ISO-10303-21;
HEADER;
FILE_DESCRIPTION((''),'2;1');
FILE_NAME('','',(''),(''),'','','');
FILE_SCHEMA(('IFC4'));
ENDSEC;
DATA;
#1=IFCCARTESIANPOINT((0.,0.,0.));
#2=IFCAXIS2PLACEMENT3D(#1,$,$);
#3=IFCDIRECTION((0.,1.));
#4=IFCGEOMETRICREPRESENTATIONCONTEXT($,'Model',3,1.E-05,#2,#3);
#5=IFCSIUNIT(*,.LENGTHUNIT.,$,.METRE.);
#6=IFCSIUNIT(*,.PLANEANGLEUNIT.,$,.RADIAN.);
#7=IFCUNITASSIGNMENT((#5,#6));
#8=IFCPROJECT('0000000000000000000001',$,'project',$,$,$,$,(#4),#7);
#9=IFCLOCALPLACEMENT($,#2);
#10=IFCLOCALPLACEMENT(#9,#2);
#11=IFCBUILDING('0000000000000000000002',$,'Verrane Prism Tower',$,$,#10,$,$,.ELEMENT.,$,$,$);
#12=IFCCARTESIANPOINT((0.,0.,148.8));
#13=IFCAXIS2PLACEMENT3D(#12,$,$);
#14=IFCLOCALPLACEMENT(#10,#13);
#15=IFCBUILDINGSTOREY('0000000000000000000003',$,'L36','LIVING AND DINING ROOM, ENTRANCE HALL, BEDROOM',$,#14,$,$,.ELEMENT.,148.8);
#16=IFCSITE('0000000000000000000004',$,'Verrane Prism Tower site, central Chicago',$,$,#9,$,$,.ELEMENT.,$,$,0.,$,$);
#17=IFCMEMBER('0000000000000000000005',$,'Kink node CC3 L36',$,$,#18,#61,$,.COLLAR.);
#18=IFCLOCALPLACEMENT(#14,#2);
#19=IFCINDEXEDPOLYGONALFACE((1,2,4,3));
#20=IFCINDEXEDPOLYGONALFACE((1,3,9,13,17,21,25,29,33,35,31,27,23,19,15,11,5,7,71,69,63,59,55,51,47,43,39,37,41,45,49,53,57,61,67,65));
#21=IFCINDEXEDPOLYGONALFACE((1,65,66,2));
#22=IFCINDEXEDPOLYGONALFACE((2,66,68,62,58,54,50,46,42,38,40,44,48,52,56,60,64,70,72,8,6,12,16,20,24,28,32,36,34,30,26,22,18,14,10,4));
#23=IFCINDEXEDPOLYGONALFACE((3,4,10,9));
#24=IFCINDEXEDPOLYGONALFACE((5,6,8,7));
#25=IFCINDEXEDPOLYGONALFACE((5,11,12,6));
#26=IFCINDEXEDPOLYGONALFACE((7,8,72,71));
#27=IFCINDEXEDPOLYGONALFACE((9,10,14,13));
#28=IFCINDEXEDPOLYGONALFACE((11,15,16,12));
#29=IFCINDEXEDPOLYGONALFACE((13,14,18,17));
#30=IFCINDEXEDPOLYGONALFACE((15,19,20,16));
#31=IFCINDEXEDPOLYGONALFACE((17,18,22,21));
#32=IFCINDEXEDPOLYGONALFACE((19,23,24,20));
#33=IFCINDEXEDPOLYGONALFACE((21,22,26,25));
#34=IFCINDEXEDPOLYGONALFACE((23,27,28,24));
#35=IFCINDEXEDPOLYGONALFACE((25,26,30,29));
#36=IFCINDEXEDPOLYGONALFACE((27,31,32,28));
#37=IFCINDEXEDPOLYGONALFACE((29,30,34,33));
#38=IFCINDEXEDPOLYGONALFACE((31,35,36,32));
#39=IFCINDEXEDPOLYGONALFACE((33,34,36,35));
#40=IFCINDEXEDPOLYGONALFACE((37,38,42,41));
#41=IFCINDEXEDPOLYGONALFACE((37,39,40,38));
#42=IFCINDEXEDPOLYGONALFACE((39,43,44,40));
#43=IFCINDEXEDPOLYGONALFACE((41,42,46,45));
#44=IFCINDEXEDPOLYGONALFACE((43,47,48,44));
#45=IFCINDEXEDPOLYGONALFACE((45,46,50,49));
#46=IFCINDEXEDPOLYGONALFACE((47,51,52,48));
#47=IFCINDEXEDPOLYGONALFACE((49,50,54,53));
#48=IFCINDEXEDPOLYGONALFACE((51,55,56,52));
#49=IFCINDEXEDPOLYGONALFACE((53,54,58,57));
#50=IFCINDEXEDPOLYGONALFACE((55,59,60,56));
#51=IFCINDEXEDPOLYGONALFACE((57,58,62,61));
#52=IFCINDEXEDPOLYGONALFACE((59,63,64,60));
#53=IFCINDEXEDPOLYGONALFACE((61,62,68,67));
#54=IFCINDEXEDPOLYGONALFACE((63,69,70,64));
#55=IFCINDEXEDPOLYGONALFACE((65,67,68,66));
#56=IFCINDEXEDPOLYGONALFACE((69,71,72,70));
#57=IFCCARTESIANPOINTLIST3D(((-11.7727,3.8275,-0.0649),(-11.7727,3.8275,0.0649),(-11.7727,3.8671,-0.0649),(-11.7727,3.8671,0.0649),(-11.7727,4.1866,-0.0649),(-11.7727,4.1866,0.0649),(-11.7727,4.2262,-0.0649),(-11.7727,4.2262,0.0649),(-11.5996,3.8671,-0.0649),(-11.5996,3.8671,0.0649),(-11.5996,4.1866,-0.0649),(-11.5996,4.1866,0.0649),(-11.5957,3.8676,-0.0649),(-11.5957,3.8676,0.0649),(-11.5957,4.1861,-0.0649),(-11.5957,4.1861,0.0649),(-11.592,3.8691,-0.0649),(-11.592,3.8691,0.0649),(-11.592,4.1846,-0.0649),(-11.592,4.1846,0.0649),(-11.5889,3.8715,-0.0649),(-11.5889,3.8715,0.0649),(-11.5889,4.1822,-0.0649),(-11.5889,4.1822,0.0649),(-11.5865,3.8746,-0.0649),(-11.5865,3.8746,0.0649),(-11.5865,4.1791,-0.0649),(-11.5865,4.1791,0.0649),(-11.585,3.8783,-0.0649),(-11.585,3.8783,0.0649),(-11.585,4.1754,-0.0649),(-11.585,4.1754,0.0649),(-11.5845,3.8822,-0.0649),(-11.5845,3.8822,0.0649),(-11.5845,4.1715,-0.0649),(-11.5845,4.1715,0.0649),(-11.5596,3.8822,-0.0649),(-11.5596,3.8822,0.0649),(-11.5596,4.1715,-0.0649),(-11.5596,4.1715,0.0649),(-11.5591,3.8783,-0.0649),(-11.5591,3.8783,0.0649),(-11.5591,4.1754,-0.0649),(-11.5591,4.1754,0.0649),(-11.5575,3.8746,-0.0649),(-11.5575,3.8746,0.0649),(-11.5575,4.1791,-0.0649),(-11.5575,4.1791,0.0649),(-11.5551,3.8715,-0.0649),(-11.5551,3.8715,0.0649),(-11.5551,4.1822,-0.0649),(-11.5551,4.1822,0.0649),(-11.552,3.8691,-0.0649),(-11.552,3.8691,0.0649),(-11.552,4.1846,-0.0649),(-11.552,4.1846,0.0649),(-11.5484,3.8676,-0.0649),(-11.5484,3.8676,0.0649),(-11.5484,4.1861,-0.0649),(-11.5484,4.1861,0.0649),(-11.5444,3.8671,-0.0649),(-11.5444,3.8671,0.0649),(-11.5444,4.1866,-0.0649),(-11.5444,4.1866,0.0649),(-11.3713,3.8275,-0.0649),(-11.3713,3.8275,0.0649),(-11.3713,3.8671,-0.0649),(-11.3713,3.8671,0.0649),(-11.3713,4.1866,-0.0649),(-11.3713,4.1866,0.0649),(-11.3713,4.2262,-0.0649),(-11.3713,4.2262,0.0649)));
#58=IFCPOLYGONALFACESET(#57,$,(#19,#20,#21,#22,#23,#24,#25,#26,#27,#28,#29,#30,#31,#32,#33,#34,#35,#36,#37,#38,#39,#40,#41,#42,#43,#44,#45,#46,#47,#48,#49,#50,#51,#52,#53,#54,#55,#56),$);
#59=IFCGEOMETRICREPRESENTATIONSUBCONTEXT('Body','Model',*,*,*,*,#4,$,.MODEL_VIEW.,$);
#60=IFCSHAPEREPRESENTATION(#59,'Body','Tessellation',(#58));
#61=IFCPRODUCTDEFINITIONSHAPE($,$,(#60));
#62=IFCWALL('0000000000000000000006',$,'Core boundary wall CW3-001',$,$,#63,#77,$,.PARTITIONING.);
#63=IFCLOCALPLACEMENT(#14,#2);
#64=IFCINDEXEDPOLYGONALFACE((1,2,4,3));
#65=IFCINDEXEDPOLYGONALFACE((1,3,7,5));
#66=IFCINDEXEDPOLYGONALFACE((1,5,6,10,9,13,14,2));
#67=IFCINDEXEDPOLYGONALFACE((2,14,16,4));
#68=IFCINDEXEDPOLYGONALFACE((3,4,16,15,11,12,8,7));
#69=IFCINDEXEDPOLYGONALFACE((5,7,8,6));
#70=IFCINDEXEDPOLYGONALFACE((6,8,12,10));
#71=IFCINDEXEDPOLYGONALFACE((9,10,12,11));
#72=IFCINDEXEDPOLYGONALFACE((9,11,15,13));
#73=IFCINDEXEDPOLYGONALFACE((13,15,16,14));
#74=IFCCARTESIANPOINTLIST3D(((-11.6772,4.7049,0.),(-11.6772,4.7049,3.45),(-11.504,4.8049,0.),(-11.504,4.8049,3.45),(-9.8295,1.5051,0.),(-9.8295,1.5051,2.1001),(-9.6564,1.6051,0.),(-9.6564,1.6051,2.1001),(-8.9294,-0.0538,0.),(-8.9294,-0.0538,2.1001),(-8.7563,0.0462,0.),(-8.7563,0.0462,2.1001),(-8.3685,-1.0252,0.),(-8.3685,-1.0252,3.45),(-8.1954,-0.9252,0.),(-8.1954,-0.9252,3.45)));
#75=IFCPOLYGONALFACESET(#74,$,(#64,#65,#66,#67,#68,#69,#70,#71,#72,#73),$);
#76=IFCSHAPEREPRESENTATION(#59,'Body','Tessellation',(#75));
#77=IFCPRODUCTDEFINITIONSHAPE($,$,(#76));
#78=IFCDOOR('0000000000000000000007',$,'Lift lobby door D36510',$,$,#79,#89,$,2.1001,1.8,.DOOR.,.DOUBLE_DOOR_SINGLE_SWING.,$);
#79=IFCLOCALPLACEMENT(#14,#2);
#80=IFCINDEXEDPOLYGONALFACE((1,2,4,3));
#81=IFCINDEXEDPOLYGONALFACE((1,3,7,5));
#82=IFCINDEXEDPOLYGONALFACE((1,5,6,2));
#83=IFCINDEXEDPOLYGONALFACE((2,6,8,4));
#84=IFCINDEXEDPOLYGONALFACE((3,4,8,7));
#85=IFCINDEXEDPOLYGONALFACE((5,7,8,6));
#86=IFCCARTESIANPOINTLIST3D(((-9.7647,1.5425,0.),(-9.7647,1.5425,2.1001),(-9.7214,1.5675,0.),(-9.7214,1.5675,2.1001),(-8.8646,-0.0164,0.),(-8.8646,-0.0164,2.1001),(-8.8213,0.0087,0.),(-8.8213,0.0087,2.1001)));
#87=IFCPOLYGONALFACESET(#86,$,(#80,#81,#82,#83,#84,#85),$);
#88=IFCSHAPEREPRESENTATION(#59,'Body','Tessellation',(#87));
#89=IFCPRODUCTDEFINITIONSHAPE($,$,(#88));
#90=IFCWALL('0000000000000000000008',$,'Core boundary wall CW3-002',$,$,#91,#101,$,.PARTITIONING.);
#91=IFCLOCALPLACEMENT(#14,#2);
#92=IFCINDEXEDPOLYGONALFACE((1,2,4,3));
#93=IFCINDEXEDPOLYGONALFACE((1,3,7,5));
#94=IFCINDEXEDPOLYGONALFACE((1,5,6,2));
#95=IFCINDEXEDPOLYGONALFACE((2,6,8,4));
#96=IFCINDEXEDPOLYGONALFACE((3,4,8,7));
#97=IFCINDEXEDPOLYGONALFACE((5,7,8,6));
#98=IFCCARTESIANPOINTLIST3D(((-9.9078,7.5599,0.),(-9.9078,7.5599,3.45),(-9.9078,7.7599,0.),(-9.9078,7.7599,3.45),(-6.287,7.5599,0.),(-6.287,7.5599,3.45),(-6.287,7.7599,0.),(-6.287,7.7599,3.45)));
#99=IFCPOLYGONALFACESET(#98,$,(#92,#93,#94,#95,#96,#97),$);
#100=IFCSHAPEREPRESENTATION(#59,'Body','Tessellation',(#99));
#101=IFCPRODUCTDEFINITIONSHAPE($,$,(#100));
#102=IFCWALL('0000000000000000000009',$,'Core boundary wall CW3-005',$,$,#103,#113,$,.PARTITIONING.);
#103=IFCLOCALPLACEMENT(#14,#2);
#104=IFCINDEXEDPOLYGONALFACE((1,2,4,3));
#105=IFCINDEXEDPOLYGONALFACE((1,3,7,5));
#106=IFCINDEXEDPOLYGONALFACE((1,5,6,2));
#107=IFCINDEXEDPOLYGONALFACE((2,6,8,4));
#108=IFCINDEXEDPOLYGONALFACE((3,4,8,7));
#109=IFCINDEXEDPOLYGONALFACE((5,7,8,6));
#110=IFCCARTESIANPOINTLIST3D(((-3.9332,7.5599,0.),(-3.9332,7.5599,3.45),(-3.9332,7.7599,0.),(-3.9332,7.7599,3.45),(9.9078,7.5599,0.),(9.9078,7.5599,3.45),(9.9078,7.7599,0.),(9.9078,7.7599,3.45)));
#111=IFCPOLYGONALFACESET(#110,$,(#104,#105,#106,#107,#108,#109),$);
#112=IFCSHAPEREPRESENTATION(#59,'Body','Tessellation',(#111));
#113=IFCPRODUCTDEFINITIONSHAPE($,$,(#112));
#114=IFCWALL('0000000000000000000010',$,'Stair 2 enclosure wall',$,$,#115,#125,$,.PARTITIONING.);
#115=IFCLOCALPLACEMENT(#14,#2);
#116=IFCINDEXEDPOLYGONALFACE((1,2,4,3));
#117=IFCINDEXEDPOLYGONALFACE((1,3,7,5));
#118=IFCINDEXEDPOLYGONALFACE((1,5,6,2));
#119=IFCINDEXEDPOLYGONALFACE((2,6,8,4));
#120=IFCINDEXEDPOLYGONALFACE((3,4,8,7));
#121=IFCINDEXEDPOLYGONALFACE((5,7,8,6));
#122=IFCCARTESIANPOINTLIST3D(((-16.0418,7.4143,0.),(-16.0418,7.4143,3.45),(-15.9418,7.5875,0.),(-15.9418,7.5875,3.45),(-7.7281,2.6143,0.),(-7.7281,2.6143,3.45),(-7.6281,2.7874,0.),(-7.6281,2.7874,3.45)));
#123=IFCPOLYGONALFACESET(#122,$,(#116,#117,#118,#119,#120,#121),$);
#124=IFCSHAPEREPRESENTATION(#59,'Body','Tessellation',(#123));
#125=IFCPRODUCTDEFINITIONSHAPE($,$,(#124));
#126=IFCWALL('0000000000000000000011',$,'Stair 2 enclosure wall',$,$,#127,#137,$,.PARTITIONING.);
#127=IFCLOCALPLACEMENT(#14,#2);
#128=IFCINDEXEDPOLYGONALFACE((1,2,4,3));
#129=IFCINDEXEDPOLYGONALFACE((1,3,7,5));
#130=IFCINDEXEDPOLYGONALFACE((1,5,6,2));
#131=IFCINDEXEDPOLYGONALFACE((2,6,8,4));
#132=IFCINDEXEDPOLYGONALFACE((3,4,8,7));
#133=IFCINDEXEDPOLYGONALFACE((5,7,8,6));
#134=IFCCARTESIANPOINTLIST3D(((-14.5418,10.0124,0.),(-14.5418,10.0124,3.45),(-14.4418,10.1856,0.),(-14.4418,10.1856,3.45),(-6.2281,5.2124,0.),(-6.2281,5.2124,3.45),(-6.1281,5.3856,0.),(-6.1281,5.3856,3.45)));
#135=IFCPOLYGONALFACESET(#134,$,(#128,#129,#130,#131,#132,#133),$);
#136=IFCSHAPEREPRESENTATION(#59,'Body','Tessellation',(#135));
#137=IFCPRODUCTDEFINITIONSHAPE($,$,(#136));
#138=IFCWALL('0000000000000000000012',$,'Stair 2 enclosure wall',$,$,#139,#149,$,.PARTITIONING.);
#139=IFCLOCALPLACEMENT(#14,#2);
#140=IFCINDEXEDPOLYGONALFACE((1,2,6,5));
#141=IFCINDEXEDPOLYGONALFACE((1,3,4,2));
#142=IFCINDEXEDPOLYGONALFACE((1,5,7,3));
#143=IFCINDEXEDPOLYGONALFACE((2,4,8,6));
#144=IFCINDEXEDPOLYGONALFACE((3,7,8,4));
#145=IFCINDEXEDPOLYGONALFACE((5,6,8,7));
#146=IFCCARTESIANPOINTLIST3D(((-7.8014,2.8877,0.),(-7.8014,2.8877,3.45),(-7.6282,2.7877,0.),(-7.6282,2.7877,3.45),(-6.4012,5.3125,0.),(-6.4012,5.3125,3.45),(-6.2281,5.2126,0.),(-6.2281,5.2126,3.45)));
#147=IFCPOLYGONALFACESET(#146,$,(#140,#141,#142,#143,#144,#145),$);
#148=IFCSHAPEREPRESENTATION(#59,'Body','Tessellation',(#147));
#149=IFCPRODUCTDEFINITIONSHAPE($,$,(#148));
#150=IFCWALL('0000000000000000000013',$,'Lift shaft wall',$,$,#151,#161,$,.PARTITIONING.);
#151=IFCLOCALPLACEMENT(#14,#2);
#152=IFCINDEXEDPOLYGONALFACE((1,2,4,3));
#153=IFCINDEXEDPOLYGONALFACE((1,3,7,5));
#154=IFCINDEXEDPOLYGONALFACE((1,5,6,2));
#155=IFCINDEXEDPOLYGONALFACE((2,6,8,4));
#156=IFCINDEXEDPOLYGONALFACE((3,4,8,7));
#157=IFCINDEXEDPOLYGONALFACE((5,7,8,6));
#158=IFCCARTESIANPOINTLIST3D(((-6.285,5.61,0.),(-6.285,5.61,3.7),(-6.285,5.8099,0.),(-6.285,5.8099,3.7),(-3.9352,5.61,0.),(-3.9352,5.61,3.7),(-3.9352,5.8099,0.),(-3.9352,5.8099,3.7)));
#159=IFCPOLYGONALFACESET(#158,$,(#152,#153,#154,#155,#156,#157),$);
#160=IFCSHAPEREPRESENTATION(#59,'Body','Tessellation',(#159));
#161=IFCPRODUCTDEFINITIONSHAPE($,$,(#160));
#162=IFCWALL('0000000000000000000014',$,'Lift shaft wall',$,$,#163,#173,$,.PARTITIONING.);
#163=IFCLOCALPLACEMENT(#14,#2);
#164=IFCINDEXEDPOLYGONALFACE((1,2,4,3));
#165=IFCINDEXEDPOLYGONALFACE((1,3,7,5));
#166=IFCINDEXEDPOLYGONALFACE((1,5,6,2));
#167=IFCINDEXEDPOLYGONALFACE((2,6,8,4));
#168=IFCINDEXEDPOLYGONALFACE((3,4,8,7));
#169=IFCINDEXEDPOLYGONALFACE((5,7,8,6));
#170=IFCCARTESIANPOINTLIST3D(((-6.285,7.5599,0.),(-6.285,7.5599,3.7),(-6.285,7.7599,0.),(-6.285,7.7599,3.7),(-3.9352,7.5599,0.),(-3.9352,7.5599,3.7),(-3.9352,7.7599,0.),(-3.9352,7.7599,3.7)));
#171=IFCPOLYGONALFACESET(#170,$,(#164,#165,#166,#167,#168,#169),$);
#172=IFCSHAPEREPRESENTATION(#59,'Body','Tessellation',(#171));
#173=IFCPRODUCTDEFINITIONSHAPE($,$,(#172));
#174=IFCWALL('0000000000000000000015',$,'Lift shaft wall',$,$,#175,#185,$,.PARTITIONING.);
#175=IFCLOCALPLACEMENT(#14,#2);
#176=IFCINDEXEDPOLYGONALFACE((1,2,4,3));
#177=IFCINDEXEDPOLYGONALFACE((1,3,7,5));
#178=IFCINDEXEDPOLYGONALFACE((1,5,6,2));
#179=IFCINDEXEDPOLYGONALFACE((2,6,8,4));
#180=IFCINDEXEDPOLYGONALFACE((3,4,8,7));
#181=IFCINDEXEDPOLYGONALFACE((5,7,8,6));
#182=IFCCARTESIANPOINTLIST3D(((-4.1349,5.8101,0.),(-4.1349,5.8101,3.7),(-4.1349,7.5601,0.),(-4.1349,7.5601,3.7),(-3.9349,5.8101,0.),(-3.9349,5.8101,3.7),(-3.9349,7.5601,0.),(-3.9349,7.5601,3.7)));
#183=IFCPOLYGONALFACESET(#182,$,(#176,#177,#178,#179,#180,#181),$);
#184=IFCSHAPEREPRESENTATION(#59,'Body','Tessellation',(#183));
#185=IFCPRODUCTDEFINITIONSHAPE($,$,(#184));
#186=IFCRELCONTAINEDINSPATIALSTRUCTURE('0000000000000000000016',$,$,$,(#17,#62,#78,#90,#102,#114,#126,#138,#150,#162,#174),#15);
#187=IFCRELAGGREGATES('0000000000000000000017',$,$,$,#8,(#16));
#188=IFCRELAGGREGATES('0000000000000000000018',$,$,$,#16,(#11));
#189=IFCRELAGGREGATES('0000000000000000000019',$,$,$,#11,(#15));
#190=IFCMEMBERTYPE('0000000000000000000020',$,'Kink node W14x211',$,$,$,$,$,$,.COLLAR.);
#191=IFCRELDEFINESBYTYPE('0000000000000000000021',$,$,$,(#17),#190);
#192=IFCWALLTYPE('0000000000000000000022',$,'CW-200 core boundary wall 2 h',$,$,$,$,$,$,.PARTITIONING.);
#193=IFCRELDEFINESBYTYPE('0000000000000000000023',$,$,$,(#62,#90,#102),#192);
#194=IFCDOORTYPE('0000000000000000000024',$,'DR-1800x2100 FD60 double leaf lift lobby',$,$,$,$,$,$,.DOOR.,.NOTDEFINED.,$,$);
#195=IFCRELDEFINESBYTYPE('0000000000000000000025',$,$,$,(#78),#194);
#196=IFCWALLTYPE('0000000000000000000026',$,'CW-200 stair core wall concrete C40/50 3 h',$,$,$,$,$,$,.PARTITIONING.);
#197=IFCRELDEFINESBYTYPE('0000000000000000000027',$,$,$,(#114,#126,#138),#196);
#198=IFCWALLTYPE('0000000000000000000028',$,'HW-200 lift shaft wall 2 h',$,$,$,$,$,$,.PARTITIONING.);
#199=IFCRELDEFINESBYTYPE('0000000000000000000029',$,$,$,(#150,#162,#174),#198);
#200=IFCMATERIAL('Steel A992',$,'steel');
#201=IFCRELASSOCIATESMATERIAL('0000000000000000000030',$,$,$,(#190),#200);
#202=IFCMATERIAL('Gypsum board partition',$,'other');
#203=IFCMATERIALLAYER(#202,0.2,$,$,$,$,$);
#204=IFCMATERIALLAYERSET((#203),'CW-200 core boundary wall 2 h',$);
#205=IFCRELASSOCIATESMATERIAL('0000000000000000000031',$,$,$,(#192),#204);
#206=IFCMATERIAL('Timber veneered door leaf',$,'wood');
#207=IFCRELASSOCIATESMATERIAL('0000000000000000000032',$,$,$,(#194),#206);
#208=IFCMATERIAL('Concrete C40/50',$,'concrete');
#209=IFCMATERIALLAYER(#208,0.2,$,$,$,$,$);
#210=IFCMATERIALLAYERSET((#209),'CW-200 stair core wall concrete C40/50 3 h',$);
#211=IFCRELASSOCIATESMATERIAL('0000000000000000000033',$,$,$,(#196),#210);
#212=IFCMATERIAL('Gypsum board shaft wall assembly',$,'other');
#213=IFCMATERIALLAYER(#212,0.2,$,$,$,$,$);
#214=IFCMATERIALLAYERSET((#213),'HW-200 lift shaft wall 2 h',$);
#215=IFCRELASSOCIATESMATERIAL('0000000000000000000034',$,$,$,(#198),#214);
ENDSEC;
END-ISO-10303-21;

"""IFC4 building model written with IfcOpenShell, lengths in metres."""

from ifc_helpers import new_model, si_unit, direction, frame, frame_2d, origin, origin_2d, place, context, subcontext, project, spatial, rectangle, i_section, extrude, material, layer, layer_set, material_profile, profile_set, type_object, element, fill, save


model = new_model("IFC4")

# Units and contexts
model_context = context("Model", 3, precision=1e-05, world=origin(), true_north=direction((0.0, 1.0)))
body_context = subcontext(model_context, "Body", "Model", "MODEL_VIEW")
ifc_project = project(units=[si_unit("LENGTHUNIT", "METRE"), si_unit("PLANEANGLEUNIT", "RADIAN")], contexts=[model_context])

# Site, building, storey
site_placement = place(None, origin())
site = spatial("IfcSite", under=ifc_project, at=site_placement, Name="Verrane Prism Tower site, central Chicago", CompositionType="ELEMENT", RefElevation=0.0)
building_placement = place(site_placement, origin())
building = spatial("IfcBuilding", under=site, at=building_placement, Name="Verrane Prism Tower", CompositionType="ELEMENT")
storey_placement = place(building_placement, frame((0.0, 0.0, 148.8)))
storey = spatial("IfcBuildingStorey", under=building, at=storey_placement, Name="L36", Description="LIVING AND DINING ROOM, ENTRANCE HALL, BEDROOM", CompositionType="ELEMENT", Elevation=148.8)

# Member
ifc_material_1 = material(Name="Steel A992", Category="steel")
ifc_material_profile_1 = material_profile(ifc_material_1, i_section(OverallWidth=0.4014, OverallDepth=0.3987, WebThickness=0.0249, FlangeThickness=0.0396, FilletRadius=0.0151, at=origin_2d()), Name="W14x211")
ifc_profile_set_1 = profile_set([ifc_material_profile_1], Name="Steel A992")
member_type = type_object("IfcMemberType", Name="Kink node W14x211", PredefinedType="COLLAR", material=ifc_profile_set_1)
for number, where, z_axis, x_axis, name in (
    (1, (-11.572, 4.0269, -0.0649), (0.0, 0.0, 1.0), (1.0, 0.0, 0.0), "Kink node CC3 L36"),
):
    element("IfcMember", number, at=place(storey_placement, frame(where, z_axis=z_axis, x_axis=x_axis)), inside=storey, type_object=member_type, Name=name, PredefinedType="COLLAR", context=body_context, shape_type="SweptSolid", body=[
        extrude(i_section(OverallWidth=0.4014, OverallDepth=0.3987, WebThickness=0.0249, FlangeThickness=0.0396, FilletRadius=0.0151, at=origin_2d()), origin(), (0.0, 0.0, 1.0), 0.1299),
    ])

# Wall, opening, door
ifc_material_2 = material(Name="Gypsum board partition", Category="other")
ifc_layer_1 = layer(ifc_material_2, 0.2)
ifc_layer_set_1 = layer_set([ifc_layer_1], Name="CW-200 core boundary wall 2 h")
wall_type_1 = type_object("IfcWallType", Name="CW-200 core boundary wall 2 h", PredefinedType="PARTITIONING", material=ifc_layer_set_1)
wall_1_placement = place(storey_placement, frame((-11.5906, 4.7549, 0.0), z_axis=(0.0, 0.0, 1.0), x_axis=(0.500044, -0.866, 0.0)))
wall_1 = element("IfcWall", 2, at=wall_1_placement, inside=storey, type_object=wall_type_1, Name="Core boundary wall CW3-001", PredefinedType="PARTITIONING", context=body_context, shape_type="SweptSolid", body=[
    extrude(rectangle(XDim=6.6167, YDim=0.2, at=frame_2d((3.3083, 0.0))), origin(), (0.0, 0.0, 1.0), 3.45),
])
opening_1_placement = place(wall_1_placement, frame((3.6951, 0.0, 0.0)))
opening_1 = element("IfcOpeningElement", 3, at=opening_1_placement, cuts=wall_1, PredefinedType="OPENING", context=body_context, shape_type="SweptSolid", body=[
    extrude(rectangle(XDim=1.8, YDim=2.1001, at=frame_2d((0.8999, 1.05))), frame((0.0, 0.1099, 0.0), z_axis=(0.0, -1.0, 0.0), x_axis=(1.0, 0.0, 0.0)), (0.0, 0.0, 1.0), 0.22),
])
ifc_material_3 = material(Name="Timber veneered door leaf", Category="wood")
door_type_1 = type_object("IfcDoorType", Name="DR-1800x2100 FD60 double leaf lift lobby", OperationType="NOTDEFINED", PredefinedType="DOOR", material=ifc_material_3)
door_1_placement = place(opening_1_placement, origin())
door_1 = element("IfcDoor", 4, at=door_1_placement, inside=storey, type_object=door_type_1, Name="Lift lobby door D36510", OperationType="DOUBLE_DOOR_SINGLE_SWING", OverallHeight=2.1001, OverallWidth=1.8, PredefinedType="DOOR", context=body_context, shape_type="SweptSolid", body=[
    extrude(rectangle(XDim=1.8, YDim=2.1001, at=frame_2d((0.8999, 1.05))), frame((0.0, 0.0249, 0.0), z_axis=(0.0, -1.0, 0.0), x_axis=(1.0, 0.0, 0.0)), (0.0, 0.0, 1.0), 0.05),
])
fill(opening_1, door_1)

# Walls
wall_2_placement = place(storey_placement, frame((-9.908, 7.6599, 0.0), z_axis=(0.0, 0.0, 1.0), x_axis=(1.0, 0.0, 0.0)))
element("IfcWall", 5, at=wall_2_placement, inside=storey, type_object=wall_type_1, Name="Core boundary wall CW3-002", PredefinedType="PARTITIONING", context=body_context, shape_type="SweptSolid", body=[
    extrude(rectangle(XDim=3.6208, YDim=0.2, at=frame_2d((1.8105, 0.0))), origin(), (0.0, 0.0, 1.0), 3.45),
])
wall_3_placement = place(storey_placement, frame((-3.9331, 7.6599, 0.0), z_axis=(0.0, 0.0, 1.0), x_axis=(1.0, 0.0, 0.0)))
element("IfcWall", 6, at=wall_3_placement, inside=storey, type_object=wall_type_1, Name="Core boundary wall CW3-005", PredefinedType="PARTITIONING", context=body_context, shape_type="SweptSolid", body=[
    extrude(rectangle(XDim=13.8411, YDim=0.2, at=frame_2d((6.9204, 0.0))), origin(), (0.0, 0.0, 1.0), 3.45),
])
ifc_material_4 = material(Name="Concrete C40/50", Category="concrete")
ifc_layer_2 = layer(ifc_material_4, 0.2)
ifc_layer_set_2 = layer_set([ifc_layer_2], Name="CW-200 stair core wall concrete C40/50 3 h")
wall_type_2 = type_object("IfcWallType", Name="CW-200 stair core wall concrete C40/50 3 h", PredefinedType="PARTITIONING", material=ifc_layer_set_2)
for number, where, z_axis, x_axis, name in (
    (7, (-7.6782, 2.7009, 0.0), (0.0, 0.0, 1.0), (-0.86602, 0.500009, 0.0), "Stair 2 enclosure wall"),
    (8, (-6.1782, 5.2991, 0.0), (0.0, 0.0, 1.0), (-0.86602, 0.500009, 0.0), "Stair 2 enclosure wall"),
):
    element("IfcWall", number, at=place(storey_placement, frame(where, z_axis=z_axis, x_axis=x_axis)), inside=storey, type_object=wall_type_2, Name=name, PredefinedType="PARTITIONING", context=body_context, shape_type="SweptSolid", body=[
        extrude(rectangle(XDim=9.5999, YDim=0.2, at=frame_2d((4.7998, 0.0))), origin(), (0.0, 0.0, 1.0), 3.45),
    ])
wall_4_placement = place(storey_placement, frame((-6.3147, 5.2625, 0.0), z_axis=(0.0, 0.0, 1.0), x_axis=(-0.50005, -0.865997, 0.0)))
element("IfcWall", 9, at=wall_4_placement, inside=storey, type_object=wall_type_2, Name="Stair 2 enclosure wall", PredefinedType="PARTITIONING", context=body_context, shape_type="SweptSolid", body=[
    extrude(rectangle(XDim=2.8, YDim=0.2, at=frame_2d((1.3999, 0.0))), origin(), (0.0, 0.0, 1.0), 3.45),
])
ifc_material_5 = material(Name="Gypsum board shaft wall assembly", Category="other")
ifc_layer_3 = layer(ifc_material_5, 0.2)
ifc_layer_set_3 = layer_set([ifc_layer_3], Name="HW-200 lift shaft wall 2 h")
wall_type_3 = type_object("IfcWallType", Name="HW-200 lift shaft wall 2 h", PredefinedType="PARTITIONING", material=ifc_layer_set_3)
for number, where, z_axis, x_axis, name in (
    (10, (-6.2849, 5.71, 0.0), (0.0, 0.0, 1.0), (1.0, 0.0, 0.0), "Lift shaft wall"),
    (11, (-6.2849, 7.6599, 0.0), (0.0, 0.0, 1.0), (1.0, 0.0, 0.0), "Lift shaft wall"),
):
    element("IfcWall", number, at=place(storey_placement, frame(where, z_axis=z_axis, x_axis=x_axis)), inside=storey, type_object=wall_type_3, Name=name, PredefinedType="PARTITIONING", context=body_context, shape_type="SweptSolid", body=[
        extrude(rectangle(XDim=2.3499, YDim=0.2, at=frame_2d((1.1748, 0.0))), origin(), (0.0, 0.0, 1.0), 3.7),
    ])
for number, where, z_axis, x_axis, name in (
    (12, (-4.0349, 5.8101, 0.0), (0.0, 0.0, 1.0), (0.0, 1.0, 0.0), "Lift shaft wall"),
):
    element("IfcWall", number, at=place(storey_placement, frame(where, z_axis=z_axis, x_axis=x_axis)), inside=storey, type_object=wall_type_3, Name=name, PredefinedType="PARTITIONING", context=body_context, shape_type="SweptSolid", body=[
        extrude(rectangle(XDim=1.75, YDim=0.2, at=frame_2d((0.875, 0.0))), origin(), (0.0, 0.0, 1.0), 3.7),
    ])

save(model, "model.ifc")
